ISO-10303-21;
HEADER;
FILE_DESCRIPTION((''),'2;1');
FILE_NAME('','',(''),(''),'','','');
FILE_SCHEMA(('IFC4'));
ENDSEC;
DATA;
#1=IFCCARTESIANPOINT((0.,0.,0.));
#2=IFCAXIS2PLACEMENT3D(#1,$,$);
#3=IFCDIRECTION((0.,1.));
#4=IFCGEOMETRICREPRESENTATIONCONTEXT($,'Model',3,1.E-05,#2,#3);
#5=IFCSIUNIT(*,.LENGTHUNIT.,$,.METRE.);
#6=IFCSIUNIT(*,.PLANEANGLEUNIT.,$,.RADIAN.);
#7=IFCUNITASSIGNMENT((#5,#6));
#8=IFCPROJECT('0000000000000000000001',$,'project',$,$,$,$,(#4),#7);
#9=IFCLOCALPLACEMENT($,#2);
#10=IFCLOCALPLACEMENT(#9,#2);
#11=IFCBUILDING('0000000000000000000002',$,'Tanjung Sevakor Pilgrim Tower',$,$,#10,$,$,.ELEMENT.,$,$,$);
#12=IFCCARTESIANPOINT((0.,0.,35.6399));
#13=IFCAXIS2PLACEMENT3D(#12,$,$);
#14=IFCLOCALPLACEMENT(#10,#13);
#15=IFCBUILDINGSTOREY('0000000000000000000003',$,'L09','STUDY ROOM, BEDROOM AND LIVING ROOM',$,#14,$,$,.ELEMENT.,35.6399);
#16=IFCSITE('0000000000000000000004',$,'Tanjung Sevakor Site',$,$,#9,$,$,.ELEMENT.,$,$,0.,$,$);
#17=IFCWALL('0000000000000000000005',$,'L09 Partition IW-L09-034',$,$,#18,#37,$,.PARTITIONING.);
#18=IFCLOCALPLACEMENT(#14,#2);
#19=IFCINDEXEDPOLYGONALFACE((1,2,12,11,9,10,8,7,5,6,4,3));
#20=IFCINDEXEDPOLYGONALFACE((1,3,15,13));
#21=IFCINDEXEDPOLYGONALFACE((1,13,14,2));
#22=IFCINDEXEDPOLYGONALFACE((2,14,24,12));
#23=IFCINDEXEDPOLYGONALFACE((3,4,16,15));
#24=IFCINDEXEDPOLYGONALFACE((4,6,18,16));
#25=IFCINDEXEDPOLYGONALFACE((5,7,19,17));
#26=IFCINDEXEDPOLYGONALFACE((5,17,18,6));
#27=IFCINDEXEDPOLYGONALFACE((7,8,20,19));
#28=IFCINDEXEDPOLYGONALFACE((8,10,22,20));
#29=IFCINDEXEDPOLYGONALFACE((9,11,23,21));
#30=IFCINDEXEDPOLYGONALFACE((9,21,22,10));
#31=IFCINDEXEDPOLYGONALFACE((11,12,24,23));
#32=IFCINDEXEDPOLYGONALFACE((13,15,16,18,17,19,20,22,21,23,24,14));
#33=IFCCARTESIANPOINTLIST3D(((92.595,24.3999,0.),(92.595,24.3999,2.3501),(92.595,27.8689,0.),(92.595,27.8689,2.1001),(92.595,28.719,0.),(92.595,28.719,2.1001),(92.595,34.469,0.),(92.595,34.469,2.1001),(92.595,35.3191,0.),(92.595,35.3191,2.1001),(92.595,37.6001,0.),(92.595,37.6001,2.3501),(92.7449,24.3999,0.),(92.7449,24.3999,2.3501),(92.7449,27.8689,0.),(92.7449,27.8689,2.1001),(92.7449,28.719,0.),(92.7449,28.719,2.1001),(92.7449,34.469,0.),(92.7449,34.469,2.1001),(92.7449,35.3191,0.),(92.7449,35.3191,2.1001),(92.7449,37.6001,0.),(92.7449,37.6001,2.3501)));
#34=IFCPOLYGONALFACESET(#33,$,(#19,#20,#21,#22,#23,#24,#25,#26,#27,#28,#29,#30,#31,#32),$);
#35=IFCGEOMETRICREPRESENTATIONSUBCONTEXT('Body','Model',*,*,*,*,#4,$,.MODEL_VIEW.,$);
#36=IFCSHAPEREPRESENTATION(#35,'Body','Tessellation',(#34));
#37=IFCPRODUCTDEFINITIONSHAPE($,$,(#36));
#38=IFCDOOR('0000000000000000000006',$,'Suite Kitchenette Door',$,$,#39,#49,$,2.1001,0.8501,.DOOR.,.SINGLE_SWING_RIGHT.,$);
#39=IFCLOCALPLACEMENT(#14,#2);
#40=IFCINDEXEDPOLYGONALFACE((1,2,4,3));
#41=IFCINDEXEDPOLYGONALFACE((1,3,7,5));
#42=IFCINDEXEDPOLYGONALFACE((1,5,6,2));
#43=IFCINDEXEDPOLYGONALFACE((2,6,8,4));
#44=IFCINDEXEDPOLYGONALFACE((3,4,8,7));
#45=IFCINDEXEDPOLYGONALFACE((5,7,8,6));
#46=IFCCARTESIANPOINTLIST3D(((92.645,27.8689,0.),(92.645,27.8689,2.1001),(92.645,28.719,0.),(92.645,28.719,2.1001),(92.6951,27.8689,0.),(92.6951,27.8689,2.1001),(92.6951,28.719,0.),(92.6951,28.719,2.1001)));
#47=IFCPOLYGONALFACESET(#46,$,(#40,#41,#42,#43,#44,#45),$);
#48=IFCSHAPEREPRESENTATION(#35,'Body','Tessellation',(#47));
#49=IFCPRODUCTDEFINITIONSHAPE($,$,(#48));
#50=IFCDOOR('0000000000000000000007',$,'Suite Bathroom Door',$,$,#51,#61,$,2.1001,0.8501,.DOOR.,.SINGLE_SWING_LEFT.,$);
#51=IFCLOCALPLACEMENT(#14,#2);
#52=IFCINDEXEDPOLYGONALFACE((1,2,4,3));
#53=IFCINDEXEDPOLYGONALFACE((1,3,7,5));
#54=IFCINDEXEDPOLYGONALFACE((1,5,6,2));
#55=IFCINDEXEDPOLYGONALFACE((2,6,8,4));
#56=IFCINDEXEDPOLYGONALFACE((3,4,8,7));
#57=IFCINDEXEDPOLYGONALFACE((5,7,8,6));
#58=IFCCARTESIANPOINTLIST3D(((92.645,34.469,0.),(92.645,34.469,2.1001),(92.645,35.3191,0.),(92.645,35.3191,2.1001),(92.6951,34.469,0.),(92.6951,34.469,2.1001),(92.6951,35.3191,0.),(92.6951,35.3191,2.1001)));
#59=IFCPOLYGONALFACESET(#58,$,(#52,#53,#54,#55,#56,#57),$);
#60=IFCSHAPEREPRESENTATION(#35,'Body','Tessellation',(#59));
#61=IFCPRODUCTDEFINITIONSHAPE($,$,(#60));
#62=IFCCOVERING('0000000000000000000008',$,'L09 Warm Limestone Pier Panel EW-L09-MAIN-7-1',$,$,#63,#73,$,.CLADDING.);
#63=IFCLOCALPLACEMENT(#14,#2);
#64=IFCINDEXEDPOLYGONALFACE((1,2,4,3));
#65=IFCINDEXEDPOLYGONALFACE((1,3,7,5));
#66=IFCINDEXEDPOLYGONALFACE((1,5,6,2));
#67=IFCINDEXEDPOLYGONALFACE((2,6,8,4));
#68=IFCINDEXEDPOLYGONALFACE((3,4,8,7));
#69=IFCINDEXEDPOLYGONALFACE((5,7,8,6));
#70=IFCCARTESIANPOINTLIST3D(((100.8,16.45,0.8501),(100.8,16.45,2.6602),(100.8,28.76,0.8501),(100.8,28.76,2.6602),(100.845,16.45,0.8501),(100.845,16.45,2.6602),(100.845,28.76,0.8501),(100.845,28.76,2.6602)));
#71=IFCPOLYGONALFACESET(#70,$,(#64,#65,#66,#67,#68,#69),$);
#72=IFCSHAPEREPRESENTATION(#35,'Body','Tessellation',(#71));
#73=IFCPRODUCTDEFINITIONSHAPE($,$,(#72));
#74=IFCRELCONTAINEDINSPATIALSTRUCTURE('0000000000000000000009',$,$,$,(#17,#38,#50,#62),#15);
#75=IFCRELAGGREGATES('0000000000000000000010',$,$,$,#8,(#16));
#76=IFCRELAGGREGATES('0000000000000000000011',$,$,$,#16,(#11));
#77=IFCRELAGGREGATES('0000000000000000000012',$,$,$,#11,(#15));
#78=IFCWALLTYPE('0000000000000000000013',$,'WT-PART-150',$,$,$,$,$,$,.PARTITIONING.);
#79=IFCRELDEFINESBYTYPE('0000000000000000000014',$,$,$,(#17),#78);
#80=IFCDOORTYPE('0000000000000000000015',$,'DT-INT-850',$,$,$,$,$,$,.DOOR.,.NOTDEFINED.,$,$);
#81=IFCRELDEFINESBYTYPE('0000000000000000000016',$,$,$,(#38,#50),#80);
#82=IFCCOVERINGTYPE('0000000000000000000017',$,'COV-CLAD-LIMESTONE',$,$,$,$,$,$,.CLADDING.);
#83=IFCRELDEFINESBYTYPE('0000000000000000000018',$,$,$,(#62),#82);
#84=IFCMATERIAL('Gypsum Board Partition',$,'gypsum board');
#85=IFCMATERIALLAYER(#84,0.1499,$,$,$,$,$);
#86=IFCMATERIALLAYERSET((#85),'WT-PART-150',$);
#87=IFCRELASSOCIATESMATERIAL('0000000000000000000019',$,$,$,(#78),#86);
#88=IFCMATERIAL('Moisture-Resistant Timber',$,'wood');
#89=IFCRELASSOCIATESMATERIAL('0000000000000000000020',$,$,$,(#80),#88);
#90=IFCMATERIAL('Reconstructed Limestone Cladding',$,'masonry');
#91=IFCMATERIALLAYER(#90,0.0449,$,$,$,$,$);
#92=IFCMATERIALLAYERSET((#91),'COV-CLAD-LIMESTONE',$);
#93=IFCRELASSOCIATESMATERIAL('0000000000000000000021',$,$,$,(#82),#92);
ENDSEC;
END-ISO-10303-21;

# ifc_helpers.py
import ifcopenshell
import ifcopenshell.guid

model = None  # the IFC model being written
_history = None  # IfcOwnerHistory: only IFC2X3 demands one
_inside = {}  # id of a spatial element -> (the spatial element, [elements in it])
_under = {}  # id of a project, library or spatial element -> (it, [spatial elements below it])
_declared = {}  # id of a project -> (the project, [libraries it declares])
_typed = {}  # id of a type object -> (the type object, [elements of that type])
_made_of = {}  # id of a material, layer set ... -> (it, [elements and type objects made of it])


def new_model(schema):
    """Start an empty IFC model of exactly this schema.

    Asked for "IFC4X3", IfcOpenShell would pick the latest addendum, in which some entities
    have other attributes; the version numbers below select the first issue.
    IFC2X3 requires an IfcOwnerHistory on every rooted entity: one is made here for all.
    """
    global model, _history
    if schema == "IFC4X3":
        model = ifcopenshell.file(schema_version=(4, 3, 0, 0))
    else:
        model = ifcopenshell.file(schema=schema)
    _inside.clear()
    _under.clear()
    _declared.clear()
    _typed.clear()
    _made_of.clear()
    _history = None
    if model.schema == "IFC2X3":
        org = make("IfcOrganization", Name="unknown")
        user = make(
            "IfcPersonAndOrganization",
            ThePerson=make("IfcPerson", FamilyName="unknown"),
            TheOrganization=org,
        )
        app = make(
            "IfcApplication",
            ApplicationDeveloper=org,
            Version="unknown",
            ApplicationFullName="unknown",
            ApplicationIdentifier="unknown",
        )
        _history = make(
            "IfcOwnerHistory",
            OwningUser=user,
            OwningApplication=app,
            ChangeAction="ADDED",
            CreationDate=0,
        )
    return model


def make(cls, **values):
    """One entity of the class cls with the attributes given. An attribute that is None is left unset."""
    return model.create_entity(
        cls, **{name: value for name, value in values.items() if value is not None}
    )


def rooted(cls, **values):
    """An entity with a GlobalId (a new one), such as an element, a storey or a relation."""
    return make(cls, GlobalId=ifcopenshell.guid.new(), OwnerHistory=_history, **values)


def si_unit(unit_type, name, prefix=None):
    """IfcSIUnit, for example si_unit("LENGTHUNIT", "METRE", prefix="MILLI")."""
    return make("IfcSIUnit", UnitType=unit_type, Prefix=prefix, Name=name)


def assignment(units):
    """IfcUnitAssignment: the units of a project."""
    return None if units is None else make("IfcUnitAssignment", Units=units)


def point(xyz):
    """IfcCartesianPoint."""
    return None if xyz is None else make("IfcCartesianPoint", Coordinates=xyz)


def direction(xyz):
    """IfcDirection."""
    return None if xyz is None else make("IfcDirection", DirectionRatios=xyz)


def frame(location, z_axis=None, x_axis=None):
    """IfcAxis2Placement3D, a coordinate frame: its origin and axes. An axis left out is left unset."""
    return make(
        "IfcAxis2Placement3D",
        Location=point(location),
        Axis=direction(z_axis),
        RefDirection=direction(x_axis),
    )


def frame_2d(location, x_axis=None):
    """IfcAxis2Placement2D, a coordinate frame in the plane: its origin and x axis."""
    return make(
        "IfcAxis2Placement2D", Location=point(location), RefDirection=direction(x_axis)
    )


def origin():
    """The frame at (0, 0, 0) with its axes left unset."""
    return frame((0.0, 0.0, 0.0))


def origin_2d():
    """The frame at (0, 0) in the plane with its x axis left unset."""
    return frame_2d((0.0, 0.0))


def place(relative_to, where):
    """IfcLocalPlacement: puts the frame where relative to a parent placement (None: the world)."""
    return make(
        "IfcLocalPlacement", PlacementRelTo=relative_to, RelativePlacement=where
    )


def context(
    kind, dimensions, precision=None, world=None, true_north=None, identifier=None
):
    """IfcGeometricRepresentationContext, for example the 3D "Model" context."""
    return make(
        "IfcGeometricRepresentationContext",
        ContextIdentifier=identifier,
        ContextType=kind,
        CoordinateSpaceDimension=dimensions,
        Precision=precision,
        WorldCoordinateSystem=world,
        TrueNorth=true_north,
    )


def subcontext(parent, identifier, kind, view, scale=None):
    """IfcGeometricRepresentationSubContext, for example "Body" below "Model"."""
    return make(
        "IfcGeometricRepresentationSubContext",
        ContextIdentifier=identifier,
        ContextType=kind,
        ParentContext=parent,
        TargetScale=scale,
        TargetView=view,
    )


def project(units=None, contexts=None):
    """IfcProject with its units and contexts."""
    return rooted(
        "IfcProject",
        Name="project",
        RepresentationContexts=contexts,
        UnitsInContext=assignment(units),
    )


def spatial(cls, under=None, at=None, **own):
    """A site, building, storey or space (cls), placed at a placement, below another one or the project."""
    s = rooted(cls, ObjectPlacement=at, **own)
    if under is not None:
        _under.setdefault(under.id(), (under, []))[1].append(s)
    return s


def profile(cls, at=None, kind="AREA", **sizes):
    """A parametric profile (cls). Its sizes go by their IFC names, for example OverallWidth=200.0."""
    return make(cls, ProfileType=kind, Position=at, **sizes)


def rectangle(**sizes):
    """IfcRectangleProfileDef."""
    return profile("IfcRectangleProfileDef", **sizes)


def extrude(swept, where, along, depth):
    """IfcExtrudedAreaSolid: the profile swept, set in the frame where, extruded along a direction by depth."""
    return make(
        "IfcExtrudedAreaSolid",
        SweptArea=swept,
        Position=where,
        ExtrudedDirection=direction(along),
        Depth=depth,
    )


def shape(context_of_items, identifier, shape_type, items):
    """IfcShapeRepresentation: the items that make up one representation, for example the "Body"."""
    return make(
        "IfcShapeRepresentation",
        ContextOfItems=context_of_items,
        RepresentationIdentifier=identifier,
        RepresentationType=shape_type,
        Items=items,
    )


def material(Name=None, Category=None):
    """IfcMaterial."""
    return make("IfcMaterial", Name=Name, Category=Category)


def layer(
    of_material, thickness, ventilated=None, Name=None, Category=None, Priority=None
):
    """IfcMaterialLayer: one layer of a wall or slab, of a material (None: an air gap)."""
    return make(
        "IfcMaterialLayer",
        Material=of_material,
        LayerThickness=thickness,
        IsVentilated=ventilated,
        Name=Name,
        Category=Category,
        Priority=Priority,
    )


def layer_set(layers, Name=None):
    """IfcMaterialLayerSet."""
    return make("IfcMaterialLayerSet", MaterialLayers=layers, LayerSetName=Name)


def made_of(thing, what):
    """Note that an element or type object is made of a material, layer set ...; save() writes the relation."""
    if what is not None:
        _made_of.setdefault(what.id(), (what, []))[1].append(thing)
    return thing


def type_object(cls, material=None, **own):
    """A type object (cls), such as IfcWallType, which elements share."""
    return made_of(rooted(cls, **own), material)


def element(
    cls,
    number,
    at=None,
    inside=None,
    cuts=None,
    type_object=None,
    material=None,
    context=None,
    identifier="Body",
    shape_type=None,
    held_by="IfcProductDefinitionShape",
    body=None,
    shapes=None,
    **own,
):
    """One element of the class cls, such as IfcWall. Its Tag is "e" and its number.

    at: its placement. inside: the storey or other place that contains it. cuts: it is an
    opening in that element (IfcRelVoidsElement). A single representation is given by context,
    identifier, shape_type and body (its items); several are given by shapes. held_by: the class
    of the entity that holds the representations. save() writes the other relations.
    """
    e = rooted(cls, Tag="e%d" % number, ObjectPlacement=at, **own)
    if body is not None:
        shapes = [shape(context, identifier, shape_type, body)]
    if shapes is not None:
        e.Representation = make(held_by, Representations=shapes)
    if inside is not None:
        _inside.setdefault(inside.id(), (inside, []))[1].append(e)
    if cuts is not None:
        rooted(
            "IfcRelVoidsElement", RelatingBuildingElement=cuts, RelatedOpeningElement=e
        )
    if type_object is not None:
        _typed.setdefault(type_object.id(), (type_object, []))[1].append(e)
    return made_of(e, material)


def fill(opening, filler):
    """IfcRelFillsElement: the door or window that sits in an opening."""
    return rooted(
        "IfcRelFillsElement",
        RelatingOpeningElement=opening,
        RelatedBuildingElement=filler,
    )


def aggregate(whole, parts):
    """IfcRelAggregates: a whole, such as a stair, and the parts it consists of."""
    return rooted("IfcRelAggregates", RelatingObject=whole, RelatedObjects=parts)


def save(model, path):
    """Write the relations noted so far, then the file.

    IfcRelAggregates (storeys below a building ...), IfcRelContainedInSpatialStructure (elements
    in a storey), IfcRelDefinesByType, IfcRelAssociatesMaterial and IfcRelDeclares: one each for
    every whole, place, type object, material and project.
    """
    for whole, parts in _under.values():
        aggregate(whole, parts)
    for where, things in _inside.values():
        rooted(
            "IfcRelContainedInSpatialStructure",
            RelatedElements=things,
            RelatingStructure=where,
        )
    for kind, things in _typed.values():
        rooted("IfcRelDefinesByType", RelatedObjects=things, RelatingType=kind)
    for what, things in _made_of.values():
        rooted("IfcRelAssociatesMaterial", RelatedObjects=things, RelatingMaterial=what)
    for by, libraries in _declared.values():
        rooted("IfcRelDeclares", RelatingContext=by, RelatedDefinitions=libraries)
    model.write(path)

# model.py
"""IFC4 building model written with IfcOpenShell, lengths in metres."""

from ifc_helpers import new_model, si_unit, direction, frame, frame_2d, origin, origin_2d, place, context, subcontext, project, spatial, rectangle, extrude, material, layer, layer_set, type_object, element, fill, save


model = new_model("IFC4")

# Units and contexts
model_context = context("Model", 3, precision=1e-05, world=origin(), true_north=direction((0.0, 1.0)))
body_context = subcontext(model_context, "Body", "Model", "MODEL_VIEW")
ifc_project = project(units=[si_unit("LENGTHUNIT", "METRE"), si_unit("PLANEANGLEUNIT", "RADIAN")], contexts=[model_context])

# Site, building, storey
site_placement = place(None, origin())
site = spatial("IfcSite", under=ifc_project, at=site_placement, Name="Tanjung Sevakor Site", CompositionType="ELEMENT", RefElevation=0.0)
building_placement = place(site_placement, origin())
building = spatial("IfcBuilding", under=site, at=building_placement, Name="Tanjung Sevakor Pilgrim Tower", CompositionType="ELEMENT")
storey_placement = place(building_placement, frame((0.0, 0.0, 35.6399)))
storey = spatial("IfcBuildingStorey", under=building, at=storey_placement, Name="L09", Description="STUDY ROOM, BEDROOM AND LIVING ROOM", CompositionType="ELEMENT", Elevation=35.6399)

# Shared definitions
ifc_material_1 = material(Name="Gypsum Board Partition", Category="gypsum board")
ifc_layer_1 = layer(ifc_material_1, 0.1499)
ifc_layer_set_1 = layer_set([ifc_layer_1], Name="WT-PART-150")
wall_type_1 = type_object("IfcWallType", Name="WT-PART-150", PredefinedType="PARTITIONING", material=ifc_layer_set_1)
ifc_material_2 = material(Name="Moisture-Resistant Timber", Category="wood")
door_type_1 = type_object("IfcDoorType", Name="DT-INT-850", OperationType="NOTDEFINED", PredefinedType="DOOR", material=ifc_material_2)

# Wall, openings, doors
wall_1_placement = place(storey_placement, frame((92.6699, 24.3999, 0.0), z_axis=(0.0, 0.0, 1.0), x_axis=(0.0, 1.0, 0.0)))
wall_1 = element("IfcWall", 1, at=wall_1_placement, inside=storey, type_object=wall_type_1, Name="L09 Partition IW-L09-034", PredefinedType="PARTITIONING", context=body_context, shape_type="SweptSolid", body=[
    extrude(rectangle(XDim=13.2002, YDim=0.1499, at=frame_2d((6.6001, 0.0))), origin(), (0.0, 0.0, 1.0), 2.3501),
])
opening_1_placement = place(wall_1_placement, frame((3.469, 0.0, 0.0)))
opening_1 = element("IfcOpeningElement", 2, at=opening_1_placement, cuts=wall_1, PredefinedType="OPENING", context=body_context, shape_type="SweptSolid", body=[
    extrude(rectangle(XDim=0.8501, YDim=2.1001, at=frame_2d((0.425, 1.05))), frame((0.0, 0.085, 0.0), z_axis=(0.0, -1.0, 0.0), x_axis=(1.0, 0.0, 0.0)), (0.0, 0.0, 1.0), 0.1699),
])
opening_2_placement = place(wall_1_placement, frame((10.0691, 0.0, 0.0)))
opening_2 = element("IfcOpeningElement", 3, at=opening_2_placement, cuts=wall_1, PredefinedType="OPENING", context=body_context, shape_type="SweptSolid", body=[
    extrude(rectangle(XDim=0.8501, YDim=2.1001, at=frame_2d((0.425, 1.05))), frame((0.0, 0.085, 0.0), z_axis=(0.0, -1.0, 0.0), x_axis=(1.0, 0.0, 0.0)), (0.0, 0.0, 1.0), 0.1699),
])
door_1_placement = place(opening_1_placement, origin())
door_1 = element("IfcDoor", 4, at=door_1_placement, inside=storey, type_object=door_type_1, Name="Suite Kitchenette Door", OperationType="SINGLE_SWING_RIGHT", OverallHeight=2.1001, OverallWidth=0.8501, PredefinedType="DOOR", context=body_context, shape_type="SweptSolid", body=[
    extrude(rectangle(XDim=0.8501, YDim=2.1001, at=frame_2d((0.425, 1.05))), frame((0.0, 0.0249, 0.0), z_axis=(0.0, -1.0, 0.0), x_axis=(1.0, 0.0, 0.0)), (0.0, 0.0, 1.0), 0.05),
])
fill(opening_1, door_1)
door_2_placement = place(opening_2_placement, origin())
door_2 = element("IfcDoor", 5, at=door_2_placement, inside=storey, type_object=door_type_1, Name="Suite Bathroom Door", OperationType="SINGLE_SWING_LEFT", OverallHeight=2.1001, OverallWidth=0.8501, PredefinedType="DOOR", context=body_context, shape_type="SweptSolid", body=[
    extrude(rectangle(XDim=0.8501, YDim=2.1001, at=frame_2d((0.425, 1.05))), frame((0.0, 0.0249, 0.0), z_axis=(0.0, -1.0, 0.0), x_axis=(1.0, 0.0, 0.0)), (0.0, 0.0, 1.0), 0.05),
])
fill(opening_2, door_2)

# Covering
ifc_material_3 = material(Name="Reconstructed Limestone Cladding", Category="masonry")
ifc_layer_2 = layer(ifc_material_3, 0.0449)
ifc_layer_set_2 = layer_set([ifc_layer_2], Name="COV-CLAD-LIMESTONE")
covering_type = type_object("IfcCoveringType", Name="COV-CLAD-LIMESTONE", PredefinedType="CLADDING", material=ifc_layer_set_2)
covering_placement = place(storey_placement, frame((100.8225, 22.605, 0.8501), z_axis=(0.0, 0.0, 1.0), x_axis=(0.0, 1.0, 0.0)))
element("IfcCovering", 6, at=covering_placement, inside=storey, type_object=covering_type, Name="L09 Warm Limestone Pier Panel EW-L09-MAIN-7-1", PredefinedType="CLADDING", context=body_context, shape_type="SweptSolid", body=[
    extrude(rectangle(XDim=12.3101, YDim=0.0449, at=origin_2d()), origin(), (0.0, 0.0, 1.0), 1.8101),
])

save(model, "model.ifc")
